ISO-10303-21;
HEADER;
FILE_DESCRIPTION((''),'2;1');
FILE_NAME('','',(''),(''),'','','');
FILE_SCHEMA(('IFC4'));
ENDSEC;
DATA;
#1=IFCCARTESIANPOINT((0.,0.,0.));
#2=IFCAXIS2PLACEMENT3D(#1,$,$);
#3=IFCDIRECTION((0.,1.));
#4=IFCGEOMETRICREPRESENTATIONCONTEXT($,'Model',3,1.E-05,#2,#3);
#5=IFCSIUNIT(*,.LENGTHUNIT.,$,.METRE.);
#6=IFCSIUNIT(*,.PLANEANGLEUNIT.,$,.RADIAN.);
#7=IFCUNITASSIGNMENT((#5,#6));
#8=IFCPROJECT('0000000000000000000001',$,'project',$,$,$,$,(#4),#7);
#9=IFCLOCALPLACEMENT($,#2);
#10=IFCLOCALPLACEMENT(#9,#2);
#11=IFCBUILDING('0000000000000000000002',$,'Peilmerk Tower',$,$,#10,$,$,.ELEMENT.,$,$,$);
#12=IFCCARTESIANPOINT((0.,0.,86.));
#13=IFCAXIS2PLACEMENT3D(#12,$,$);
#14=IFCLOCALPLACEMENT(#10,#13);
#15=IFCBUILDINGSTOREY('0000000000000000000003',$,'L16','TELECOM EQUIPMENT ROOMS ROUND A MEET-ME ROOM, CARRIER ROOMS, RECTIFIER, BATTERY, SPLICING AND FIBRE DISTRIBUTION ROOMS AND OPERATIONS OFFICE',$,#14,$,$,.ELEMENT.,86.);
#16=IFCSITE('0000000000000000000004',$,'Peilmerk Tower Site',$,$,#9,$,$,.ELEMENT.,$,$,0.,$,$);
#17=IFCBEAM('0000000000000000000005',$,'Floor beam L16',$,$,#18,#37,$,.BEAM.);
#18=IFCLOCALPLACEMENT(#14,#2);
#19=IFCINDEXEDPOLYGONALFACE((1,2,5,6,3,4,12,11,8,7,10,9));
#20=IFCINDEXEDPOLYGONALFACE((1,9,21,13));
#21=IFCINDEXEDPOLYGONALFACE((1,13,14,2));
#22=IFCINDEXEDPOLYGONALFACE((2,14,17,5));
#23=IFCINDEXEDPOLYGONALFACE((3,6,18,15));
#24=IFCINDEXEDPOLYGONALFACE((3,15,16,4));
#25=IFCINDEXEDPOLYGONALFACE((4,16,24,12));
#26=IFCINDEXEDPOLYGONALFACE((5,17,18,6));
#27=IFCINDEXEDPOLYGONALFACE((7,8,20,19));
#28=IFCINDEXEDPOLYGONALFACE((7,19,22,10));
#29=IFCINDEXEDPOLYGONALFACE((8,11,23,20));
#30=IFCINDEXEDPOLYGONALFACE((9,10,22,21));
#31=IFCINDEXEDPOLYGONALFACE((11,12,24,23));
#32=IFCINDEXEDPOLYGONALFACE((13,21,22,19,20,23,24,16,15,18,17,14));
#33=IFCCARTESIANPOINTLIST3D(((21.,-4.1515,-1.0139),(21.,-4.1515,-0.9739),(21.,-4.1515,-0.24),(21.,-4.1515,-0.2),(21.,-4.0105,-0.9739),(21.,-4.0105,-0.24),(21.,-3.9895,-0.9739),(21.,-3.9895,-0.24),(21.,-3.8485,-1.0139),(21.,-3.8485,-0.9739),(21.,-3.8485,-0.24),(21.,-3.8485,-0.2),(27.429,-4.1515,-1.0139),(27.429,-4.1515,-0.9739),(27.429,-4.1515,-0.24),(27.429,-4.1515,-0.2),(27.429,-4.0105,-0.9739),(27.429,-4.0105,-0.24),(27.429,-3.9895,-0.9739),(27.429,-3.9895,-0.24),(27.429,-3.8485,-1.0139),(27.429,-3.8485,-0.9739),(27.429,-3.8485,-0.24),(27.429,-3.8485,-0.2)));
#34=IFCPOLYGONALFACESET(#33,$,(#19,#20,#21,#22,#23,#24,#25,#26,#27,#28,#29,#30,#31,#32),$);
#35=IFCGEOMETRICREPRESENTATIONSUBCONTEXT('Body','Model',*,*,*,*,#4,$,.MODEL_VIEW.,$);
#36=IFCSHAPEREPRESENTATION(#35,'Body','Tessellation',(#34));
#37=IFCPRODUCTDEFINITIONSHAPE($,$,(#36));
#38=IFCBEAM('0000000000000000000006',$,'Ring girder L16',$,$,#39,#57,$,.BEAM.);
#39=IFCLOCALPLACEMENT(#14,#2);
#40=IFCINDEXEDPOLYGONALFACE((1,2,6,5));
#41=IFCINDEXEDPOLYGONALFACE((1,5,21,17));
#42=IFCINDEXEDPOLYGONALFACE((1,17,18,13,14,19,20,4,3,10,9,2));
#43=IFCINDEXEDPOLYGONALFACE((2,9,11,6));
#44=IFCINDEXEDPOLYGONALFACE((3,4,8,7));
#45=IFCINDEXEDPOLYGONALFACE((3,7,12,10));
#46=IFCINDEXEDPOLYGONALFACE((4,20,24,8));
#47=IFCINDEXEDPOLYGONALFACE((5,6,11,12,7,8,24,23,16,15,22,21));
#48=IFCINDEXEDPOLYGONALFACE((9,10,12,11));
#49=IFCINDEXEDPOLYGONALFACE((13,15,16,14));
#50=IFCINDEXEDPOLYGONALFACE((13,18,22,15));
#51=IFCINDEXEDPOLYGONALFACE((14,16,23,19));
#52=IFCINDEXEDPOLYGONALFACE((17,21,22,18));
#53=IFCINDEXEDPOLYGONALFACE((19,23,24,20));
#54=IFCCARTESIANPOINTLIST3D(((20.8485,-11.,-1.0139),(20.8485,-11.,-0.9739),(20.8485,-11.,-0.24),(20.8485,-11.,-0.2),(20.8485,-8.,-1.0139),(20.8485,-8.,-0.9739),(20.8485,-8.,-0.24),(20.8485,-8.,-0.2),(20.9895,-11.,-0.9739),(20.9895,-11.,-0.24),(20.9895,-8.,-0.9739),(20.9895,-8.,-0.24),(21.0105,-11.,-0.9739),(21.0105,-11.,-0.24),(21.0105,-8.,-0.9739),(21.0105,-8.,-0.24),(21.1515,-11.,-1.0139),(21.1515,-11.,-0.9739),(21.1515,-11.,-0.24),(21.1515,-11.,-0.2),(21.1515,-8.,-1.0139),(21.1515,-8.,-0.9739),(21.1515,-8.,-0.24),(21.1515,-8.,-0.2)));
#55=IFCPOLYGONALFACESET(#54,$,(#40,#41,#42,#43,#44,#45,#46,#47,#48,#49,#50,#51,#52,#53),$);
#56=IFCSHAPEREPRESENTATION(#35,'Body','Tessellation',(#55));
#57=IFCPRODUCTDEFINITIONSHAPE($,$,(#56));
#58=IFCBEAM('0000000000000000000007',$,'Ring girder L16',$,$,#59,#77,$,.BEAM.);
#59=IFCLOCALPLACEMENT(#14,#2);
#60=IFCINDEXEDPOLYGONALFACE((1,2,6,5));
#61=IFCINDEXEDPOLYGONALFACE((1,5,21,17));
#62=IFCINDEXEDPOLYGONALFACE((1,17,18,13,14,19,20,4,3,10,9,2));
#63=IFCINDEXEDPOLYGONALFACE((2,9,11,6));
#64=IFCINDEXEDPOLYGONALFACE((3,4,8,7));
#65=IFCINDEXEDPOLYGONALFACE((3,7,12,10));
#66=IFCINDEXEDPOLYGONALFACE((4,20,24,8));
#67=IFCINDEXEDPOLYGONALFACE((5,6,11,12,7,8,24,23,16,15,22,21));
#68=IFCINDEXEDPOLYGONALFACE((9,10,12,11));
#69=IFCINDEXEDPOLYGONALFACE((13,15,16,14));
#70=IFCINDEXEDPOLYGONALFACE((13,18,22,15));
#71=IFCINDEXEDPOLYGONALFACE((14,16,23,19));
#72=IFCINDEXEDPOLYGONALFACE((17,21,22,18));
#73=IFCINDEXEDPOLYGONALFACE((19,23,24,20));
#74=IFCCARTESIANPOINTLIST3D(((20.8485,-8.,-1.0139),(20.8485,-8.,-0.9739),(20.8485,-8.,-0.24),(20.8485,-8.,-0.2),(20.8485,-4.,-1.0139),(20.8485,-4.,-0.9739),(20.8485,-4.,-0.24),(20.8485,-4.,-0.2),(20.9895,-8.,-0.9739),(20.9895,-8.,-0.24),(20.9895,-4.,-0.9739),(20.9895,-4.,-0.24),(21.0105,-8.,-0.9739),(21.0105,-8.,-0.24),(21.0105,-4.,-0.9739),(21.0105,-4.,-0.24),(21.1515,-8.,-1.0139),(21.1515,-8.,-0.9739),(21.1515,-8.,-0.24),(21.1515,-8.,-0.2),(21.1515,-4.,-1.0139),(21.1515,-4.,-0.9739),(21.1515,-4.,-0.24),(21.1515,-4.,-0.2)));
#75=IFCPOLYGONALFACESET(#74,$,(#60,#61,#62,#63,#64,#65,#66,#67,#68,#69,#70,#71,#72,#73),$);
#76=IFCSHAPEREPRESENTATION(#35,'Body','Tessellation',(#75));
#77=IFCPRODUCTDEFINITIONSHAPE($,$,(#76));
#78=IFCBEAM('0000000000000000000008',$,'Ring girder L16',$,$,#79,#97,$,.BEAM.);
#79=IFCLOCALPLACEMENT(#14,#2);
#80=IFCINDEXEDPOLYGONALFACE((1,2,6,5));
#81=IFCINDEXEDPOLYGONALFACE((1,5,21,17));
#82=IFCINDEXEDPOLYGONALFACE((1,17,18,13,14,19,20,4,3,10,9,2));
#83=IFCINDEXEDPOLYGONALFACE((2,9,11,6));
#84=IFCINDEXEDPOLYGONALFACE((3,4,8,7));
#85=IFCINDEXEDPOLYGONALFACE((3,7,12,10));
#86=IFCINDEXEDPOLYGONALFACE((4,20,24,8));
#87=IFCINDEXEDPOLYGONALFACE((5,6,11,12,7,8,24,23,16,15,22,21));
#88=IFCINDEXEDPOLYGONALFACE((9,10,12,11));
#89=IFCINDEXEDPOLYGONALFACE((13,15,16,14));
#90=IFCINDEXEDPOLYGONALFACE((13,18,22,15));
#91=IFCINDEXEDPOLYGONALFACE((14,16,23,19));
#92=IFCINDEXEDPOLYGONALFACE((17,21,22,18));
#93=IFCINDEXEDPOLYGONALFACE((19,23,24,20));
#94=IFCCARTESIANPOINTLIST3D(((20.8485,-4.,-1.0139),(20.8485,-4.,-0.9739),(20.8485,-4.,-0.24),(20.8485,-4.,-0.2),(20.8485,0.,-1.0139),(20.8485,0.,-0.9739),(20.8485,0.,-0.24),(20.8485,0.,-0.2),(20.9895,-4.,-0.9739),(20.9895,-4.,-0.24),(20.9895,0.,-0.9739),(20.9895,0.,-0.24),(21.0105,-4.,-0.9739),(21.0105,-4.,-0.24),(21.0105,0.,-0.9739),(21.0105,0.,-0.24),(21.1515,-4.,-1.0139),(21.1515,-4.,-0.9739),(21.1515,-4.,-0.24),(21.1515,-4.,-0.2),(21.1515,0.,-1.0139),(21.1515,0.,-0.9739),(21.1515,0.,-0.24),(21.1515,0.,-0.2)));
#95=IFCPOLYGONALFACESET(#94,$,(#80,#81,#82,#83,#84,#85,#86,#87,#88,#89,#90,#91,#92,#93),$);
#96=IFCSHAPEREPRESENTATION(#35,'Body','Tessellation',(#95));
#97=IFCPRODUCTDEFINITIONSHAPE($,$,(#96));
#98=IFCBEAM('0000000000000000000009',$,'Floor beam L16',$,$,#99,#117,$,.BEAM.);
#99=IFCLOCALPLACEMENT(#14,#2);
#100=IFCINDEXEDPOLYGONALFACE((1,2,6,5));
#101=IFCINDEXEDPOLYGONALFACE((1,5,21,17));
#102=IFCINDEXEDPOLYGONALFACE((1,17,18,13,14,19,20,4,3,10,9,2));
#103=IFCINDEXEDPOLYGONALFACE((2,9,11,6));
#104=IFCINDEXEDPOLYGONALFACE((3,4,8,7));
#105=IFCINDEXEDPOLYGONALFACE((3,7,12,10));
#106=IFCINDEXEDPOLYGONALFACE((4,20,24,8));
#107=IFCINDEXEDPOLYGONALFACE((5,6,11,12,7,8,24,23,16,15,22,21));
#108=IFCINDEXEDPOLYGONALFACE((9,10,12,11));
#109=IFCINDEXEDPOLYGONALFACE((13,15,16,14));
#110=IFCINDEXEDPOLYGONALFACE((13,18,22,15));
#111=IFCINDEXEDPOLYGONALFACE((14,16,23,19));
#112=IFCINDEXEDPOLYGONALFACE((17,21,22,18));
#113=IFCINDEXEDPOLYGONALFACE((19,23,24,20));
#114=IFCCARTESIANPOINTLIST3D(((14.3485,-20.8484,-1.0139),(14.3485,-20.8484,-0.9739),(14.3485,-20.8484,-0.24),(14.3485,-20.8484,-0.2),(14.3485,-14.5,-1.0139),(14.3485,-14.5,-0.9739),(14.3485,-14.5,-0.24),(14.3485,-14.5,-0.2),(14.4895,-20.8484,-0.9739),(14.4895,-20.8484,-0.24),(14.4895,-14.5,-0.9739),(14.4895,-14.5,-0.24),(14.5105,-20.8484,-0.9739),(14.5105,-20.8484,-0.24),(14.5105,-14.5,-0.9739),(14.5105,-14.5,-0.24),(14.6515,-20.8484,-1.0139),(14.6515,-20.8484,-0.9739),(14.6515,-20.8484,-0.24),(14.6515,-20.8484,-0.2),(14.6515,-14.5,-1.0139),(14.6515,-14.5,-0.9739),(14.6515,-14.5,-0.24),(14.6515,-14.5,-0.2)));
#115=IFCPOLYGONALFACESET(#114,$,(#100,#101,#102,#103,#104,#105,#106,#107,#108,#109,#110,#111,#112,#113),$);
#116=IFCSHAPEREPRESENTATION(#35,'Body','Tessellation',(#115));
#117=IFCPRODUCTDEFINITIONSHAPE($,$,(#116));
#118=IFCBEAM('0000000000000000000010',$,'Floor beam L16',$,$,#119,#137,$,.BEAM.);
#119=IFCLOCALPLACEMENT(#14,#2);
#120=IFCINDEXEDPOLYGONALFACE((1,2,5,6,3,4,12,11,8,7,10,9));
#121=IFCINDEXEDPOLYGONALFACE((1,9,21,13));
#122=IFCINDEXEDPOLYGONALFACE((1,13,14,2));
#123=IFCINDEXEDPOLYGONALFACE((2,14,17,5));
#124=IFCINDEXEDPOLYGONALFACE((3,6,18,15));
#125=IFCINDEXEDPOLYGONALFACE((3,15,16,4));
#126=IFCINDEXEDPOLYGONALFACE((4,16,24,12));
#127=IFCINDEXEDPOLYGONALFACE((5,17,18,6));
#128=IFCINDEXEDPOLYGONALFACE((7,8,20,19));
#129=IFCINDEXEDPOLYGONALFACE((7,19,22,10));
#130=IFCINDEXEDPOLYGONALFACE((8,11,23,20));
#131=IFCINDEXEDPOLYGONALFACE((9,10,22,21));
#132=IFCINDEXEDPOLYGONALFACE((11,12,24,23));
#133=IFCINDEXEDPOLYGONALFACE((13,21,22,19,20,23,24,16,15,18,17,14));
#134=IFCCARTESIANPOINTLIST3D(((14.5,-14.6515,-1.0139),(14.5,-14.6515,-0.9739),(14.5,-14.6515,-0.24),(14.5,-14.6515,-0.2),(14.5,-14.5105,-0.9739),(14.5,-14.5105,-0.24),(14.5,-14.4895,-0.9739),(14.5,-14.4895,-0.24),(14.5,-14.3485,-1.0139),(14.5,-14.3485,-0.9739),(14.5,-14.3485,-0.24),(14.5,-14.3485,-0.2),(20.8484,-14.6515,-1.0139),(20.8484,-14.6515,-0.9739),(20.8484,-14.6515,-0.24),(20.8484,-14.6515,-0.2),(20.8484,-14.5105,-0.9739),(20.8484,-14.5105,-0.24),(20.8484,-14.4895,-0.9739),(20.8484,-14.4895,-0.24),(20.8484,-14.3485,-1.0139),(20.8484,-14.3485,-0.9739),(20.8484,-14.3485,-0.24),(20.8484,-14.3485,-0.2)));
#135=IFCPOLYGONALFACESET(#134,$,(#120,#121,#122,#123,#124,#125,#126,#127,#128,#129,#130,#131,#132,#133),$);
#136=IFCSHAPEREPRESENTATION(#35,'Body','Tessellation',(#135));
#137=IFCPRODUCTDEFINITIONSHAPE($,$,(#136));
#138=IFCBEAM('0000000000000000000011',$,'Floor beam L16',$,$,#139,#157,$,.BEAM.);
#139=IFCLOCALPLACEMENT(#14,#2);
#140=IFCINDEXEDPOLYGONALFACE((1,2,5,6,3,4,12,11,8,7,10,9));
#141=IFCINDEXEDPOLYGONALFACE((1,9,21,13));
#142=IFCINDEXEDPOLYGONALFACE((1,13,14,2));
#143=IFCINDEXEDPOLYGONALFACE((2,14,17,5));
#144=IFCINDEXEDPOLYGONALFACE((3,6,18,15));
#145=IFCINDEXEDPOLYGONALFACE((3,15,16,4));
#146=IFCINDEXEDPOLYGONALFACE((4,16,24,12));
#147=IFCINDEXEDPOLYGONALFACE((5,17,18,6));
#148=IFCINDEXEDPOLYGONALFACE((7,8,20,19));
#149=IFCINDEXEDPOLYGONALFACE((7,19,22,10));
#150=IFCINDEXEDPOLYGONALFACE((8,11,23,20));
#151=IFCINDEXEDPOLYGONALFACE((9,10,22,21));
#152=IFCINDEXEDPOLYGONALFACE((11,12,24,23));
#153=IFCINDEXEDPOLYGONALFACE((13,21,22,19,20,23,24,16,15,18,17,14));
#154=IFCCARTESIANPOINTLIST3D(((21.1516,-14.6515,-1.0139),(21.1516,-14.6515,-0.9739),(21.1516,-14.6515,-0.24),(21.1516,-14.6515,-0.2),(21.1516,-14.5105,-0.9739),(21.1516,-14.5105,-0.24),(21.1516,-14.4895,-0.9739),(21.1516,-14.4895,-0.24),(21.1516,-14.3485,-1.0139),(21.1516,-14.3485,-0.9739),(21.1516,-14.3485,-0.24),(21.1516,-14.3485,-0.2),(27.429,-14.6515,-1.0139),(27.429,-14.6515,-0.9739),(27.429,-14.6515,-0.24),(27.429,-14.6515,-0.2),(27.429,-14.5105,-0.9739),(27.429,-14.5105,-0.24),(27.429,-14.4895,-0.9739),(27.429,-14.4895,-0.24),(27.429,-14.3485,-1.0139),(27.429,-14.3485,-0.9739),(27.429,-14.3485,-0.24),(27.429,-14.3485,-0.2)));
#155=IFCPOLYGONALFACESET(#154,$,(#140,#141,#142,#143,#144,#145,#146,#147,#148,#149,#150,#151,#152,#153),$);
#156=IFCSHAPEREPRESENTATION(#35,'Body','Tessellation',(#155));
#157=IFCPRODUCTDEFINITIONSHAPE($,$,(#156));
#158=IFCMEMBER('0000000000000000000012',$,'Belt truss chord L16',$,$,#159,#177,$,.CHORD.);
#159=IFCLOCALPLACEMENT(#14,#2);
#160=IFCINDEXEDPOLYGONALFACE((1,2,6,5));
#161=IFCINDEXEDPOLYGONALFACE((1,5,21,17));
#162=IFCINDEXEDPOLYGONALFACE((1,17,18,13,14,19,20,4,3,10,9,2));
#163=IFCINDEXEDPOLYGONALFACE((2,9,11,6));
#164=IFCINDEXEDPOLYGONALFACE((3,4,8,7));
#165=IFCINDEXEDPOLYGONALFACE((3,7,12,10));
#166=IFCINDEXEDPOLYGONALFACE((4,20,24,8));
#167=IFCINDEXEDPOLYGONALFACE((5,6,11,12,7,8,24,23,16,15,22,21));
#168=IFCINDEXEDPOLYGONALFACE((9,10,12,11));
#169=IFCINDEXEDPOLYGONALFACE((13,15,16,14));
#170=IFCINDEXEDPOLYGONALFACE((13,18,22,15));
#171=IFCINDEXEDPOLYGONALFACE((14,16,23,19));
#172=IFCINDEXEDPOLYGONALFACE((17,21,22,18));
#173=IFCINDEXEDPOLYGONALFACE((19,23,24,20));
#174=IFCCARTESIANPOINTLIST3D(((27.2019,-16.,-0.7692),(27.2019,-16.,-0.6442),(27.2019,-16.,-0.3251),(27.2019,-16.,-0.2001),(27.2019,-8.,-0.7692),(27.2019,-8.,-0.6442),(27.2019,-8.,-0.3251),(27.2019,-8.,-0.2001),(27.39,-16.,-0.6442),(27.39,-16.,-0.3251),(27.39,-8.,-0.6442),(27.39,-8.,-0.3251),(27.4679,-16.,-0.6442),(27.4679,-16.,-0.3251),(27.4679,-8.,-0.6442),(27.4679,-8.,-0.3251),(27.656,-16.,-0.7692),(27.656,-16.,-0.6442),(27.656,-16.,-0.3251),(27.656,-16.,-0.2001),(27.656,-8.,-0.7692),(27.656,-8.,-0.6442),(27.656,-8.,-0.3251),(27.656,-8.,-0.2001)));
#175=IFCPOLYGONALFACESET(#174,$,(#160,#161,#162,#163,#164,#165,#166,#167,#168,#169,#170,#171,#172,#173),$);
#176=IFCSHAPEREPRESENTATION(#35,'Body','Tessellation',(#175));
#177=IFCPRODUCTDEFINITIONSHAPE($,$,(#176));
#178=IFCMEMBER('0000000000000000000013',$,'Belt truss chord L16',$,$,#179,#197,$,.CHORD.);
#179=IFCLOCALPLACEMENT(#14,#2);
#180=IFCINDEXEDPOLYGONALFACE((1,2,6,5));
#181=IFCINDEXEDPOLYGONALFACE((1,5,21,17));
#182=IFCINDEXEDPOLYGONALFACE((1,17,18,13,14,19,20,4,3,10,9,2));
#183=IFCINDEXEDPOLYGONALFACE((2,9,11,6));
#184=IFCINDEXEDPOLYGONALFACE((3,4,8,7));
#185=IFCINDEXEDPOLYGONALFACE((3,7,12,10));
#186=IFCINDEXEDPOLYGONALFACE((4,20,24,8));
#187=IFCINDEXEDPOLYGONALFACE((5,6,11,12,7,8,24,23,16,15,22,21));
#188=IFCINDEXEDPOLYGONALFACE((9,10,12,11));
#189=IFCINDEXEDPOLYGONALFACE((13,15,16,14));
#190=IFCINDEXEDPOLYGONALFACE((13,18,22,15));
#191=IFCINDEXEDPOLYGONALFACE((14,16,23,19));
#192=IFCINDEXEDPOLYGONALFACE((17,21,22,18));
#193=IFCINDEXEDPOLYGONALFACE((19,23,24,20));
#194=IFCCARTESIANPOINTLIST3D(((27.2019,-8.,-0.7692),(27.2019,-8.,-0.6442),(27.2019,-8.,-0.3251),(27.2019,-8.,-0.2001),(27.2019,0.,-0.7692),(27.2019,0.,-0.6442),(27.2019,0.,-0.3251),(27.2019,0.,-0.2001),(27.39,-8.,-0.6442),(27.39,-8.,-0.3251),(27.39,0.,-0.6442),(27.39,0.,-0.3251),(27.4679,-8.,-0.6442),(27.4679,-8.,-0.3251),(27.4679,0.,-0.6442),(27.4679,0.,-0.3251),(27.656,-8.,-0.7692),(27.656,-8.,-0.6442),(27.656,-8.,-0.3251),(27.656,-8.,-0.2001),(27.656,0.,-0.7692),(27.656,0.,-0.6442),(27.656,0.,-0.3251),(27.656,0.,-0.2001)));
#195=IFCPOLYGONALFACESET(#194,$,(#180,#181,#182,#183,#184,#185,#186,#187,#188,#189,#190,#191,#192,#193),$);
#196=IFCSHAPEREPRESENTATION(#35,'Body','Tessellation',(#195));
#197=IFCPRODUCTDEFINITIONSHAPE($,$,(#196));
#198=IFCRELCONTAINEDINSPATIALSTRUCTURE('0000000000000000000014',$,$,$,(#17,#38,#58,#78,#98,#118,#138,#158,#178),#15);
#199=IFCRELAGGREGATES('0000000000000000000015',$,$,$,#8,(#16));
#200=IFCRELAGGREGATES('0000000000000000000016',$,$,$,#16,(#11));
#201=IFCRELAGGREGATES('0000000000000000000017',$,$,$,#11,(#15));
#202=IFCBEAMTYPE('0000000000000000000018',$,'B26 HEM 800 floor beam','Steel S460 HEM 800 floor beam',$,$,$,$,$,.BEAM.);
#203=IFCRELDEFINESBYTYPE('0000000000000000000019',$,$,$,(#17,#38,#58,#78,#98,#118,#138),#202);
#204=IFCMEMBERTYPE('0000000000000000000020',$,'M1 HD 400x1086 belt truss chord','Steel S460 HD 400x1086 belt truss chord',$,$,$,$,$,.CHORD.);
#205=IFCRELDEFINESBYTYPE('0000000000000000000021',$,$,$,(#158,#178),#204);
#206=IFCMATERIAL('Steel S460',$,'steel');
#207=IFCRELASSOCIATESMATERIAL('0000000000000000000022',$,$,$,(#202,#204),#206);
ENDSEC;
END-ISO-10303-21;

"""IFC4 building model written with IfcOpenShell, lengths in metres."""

from ifc_helpers import new_model, si_unit, direction, frame, origin, origin_2d, place, context, subcontext, project, spatial, i_section, extrude, material, material_profile, profile_set, type_object, element, save


model = new_model("IFC4")

# Units and contexts
model_context = context("Model", 3, precision=1e-05, world=origin(), true_north=direction((0.0, 1.0)))
body_context = subcontext(model_context, "Body", "Model", "MODEL_VIEW")
ifc_project = project(units=[si_unit("LENGTHUNIT", "METRE"), si_unit("PLANEANGLEUNIT", "RADIAN")], contexts=[model_context])

# Site, building, storey
site_placement = place(None, origin())
site = spatial("IfcSite", under=ifc_project, at=site_placement, Name="Peilmerk Tower Site", CompositionType="ELEMENT", RefElevation=0.0)
building_placement = place(site_placement, origin())
building = spatial("IfcBuilding", under=site, at=building_placement, Name="Peilmerk Tower", CompositionType="ELEMENT")
storey_placement = place(building_placement, frame((0.0, 0.0, 86.0)))
storey = spatial("IfcBuildingStorey", under=building, at=storey_placement, Name="L16", Description="TELECOM EQUIPMENT ROOMS ROUND A MEET-ME ROOM, CARRIER ROOMS, RECTIFIER, BATTERY, SPLICING AND FIBRE DISTRIBUTION ROOMS AND OPERATIONS OFFICE", CompositionType="ELEMENT", Elevation=86.0)

# Shared definitions
ifc_material_1 = material(Name="Steel S460", Category="steel")

# Beams
ifc_material_profile_1 = material_profile(ifc_material_1, i_section(OverallWidth=0.303, OverallDepth=0.814, WebThickness=0.021, FlangeThickness=0.04, at=origin_2d()), Name="HEM 800")
ifc_profile_set_1 = profile_set([ifc_material_profile_1], Name="Steel S460")
beam_type_1 = type_object("IfcBeamType", Name="B26 HEM 800 floor beam", Description="Steel S460 HEM 800 floor beam", PredefinedType="BEAM", material=ifc_profile_set_1)
beam_1_placement = place(storey_placement, frame((21.0, -4.0, -0.6069), z_axis=(1.0, 0.0, 0.0), x_axis=(0.0, 1.0, 0.0)))
element("IfcBeam", 1, at=beam_1_placement, inside=storey, type_object=beam_type_1, Name="Floor beam L16", PredefinedType="BEAM", context=body_context, shape_type="SweptSolid", body=[
    extrude(i_section(OverallWidth=0.303, OverallDepth=0.814, WebThickness=0.021, FlangeThickness=0.04, at=origin_2d()), origin(), (0.0, 0.0, 1.0), 6.429),
])
beam_2_placement = place(storey_placement, frame((21.0, -11.0, -0.6069), z_axis=(0.0, 1.0, 0.0), x_axis=(-1.0, 0.0, 0.0)))
element("IfcBeam", 2, at=beam_2_placement, inside=storey, type_object=beam_type_1, Name="Ring girder L16", PredefinedType="BEAM", context=body_context, shape_type="SweptSolid", body=[
    extrude(i_section(OverallWidth=0.303, OverallDepth=0.814, WebThickness=0.021, FlangeThickness=0.04, at=origin_2d()), origin(), (0.0, 0.0, 1.0), 3.0),
])
for number, where, z_axis, x_axis, name in (
    (3, (21.0, -8.0, -0.6069), (0.0, 1.0, 0.0), (-1.0, 0.0, 0.0), "Ring girder L16"),
    (4, (21.0, -4.0, -0.6069), (0.0, 1.0, 0.0), (-1.0, 0.0, 0.0), "Ring girder L16"),
):
    element("IfcBeam", number, at=place(storey_placement, frame(where, z_axis=z_axis, x_axis=x_axis)), inside=storey, type_object=beam_type_1, Name=name, PredefinedType="BEAM", context=body_context, shape_type="SweptSolid", body=[
        extrude(i_section(OverallWidth=0.303, OverallDepth=0.814, WebThickness=0.021, FlangeThickness=0.04, at=origin_2d()), origin(), (0.0, 0.0, 1.0), 4.0),
    ])
for number, where, z_axis, x_axis, name in (
    (5, (14.5, -14.5, -0.6069), (0.0, -1.0, 0.0), (1.0, 0.0, 0.0), "Floor beam L16"),
    (6, (14.5, -14.5, -0.6069), (1.0, 0.0, 0.0), (0.0, 1.0, 0.0), "Floor beam L16"),
):
    element("IfcBeam", number, at=place(storey_placement, frame(where, z_axis=z_axis, x_axis=x_axis)), inside=storey, type_object=beam_type_1, Name=name, PredefinedType="BEAM", context=body_context, shape_type="SweptSolid", body=[
        extrude(i_section(OverallWidth=0.303, OverallDepth=0.814, WebThickness=0.021, FlangeThickness=0.04, at=origin_2d()), origin(), (0.0, 0.0, 1.0), 6.3484),
    ])
beam_3_placement = place(storey_placement, frame((21.1516, -14.5, -0.6069), z_axis=(1.0, 0.0, 0.0), x_axis=(0.0, 1.0, 0.0)))
element("IfcBeam", 7, at=beam_3_placement, inside=storey, type_object=beam_type_1, Name="Floor beam L16", PredefinedType="BEAM", context=body_context, shape_type="SweptSolid", body=[
    extrude(i_section(OverallWidth=0.303, OverallDepth=0.814, WebThickness=0.021, FlangeThickness=0.04, at=origin_2d()), origin(), (0.0, 0.0, 1.0), 6.2773),
])

# Members
ifc_material_profile_2 = material_profile(ifc_material_1, i_section(OverallWidth=0.4541, OverallDepth=0.5691, WebThickness=0.0779, FlangeThickness=0.125, at=origin_2d()), Name="HD 400x1086")
ifc_profile_set_2 = profile_set([ifc_material_profile_2], Name="Steel S460")
member_type = type_object("IfcMemberType", Name="M1 HD 400x1086 belt truss chord", Description="Steel S460 HD 400x1086 belt truss chord", PredefinedType="CHORD", material=ifc_profile_set_2)
for number, where, z_axis, x_axis, name in (
    (8, (27.429, -16.0, -0.4846), (0.0, 1.0, 0.0), (-1.0, 0.0, 0.0), "Belt truss chord L16"),
    (9, (27.429, -8.0, -0.4846), (0.0, 1.0, 0.0), (-1.0, 0.0, 0.0), "Belt truss chord L16"),
):
    element("IfcMember", number, at=place(storey_placement, frame(where, z_axis=z_axis, x_axis=x_axis)), inside=storey, type_object=member_type, Name=name, PredefinedType="CHORD", context=body_context, shape_type="SweptSolid", body=[
        extrude(i_section(OverallWidth=0.4541, OverallDepth=0.5691, WebThickness=0.0779, FlangeThickness=0.125, at=origin_2d()), origin(), (0.0, 0.0, 1.0), 8.0),
    ])

save(model, "model.ifc")
